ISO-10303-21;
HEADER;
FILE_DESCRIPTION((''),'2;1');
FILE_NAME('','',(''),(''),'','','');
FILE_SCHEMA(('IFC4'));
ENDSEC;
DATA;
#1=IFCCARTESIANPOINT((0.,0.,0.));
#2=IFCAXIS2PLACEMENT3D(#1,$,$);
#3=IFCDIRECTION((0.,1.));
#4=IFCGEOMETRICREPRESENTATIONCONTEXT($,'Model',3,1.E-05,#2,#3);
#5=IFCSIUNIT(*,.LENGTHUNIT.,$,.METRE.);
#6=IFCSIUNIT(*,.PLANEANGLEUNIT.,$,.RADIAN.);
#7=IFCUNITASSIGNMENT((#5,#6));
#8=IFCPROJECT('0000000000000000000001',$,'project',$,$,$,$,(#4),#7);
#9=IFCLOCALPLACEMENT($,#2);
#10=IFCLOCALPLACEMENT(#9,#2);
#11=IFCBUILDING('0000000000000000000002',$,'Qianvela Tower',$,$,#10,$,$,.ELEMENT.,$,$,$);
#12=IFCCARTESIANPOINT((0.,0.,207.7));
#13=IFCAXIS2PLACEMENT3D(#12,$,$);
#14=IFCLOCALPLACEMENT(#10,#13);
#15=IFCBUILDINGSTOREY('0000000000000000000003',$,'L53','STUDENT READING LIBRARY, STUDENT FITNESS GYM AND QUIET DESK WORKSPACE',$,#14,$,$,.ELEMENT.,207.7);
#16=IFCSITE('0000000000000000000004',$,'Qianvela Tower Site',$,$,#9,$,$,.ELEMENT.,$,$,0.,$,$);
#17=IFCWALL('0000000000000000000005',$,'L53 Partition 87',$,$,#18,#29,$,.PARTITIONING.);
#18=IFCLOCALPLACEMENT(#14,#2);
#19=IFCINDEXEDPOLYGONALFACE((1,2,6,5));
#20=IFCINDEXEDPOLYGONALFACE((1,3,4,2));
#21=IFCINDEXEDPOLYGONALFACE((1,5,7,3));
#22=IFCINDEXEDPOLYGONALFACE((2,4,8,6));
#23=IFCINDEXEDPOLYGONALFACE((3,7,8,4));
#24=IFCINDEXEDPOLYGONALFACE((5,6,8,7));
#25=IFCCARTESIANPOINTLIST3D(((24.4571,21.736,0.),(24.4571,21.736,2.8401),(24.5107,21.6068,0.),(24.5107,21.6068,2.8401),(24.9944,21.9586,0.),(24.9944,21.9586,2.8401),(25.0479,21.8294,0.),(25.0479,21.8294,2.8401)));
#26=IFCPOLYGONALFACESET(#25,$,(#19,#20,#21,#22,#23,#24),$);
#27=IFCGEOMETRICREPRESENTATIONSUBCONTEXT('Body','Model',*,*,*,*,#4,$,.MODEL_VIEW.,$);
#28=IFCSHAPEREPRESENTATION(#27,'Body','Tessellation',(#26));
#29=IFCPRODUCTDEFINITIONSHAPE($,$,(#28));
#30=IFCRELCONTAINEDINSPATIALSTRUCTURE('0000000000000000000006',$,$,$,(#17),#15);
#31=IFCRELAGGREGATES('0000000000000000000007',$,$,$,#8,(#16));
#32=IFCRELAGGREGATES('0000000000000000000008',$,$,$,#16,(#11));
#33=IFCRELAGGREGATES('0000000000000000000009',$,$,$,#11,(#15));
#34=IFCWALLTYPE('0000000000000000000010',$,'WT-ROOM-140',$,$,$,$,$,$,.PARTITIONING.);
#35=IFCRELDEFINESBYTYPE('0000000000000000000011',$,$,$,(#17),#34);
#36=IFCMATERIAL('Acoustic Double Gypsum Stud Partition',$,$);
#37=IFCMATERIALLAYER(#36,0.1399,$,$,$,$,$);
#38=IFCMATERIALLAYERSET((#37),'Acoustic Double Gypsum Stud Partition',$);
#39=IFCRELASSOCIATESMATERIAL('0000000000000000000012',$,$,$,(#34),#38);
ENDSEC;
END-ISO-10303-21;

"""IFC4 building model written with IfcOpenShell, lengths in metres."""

from ifc_helpers import new_model, si_unit, direction, frame, frame_2d, origin, place, context, subcontext, project, spatial, rectangle, extrude, material, layer, layer_set, type_object, element, save


model = new_model("IFC4")

# Units and contexts
model_context = context("Model", 3, precision=1e-05, world=origin(), true_north=direction((0.0, 1.0)))
body_context = subcontext(model_context, "Body", "Model", "MODEL_VIEW")
ifc_project = project(units=[si_unit("LENGTHUNIT", "METRE"), si_unit("PLANEANGLEUNIT", "RADIAN")], contexts=[model_context])

# Site, building, storey
site_placement = place(None, origin())
site = spatial("IfcSite", under=ifc_project, at=site_placement, Name="Qianvela Tower Site", CompositionType="ELEMENT", RefElevation=0.0)
building_placement = place(site_placement, origin())
building = spatial("IfcBuilding", under=site, at=building_placement, Name="Qianvela Tower", CompositionType="ELEMENT")
storey_placement = place(building_placement, frame((0.0, 0.0, 207.7)))
storey = spatial("IfcBuildingStorey", under=building, at=storey_placement, Name="L53", Description="STUDENT READING LIBRARY, STUDENT FITNESS GYM AND QUIET DESK WORKSPACE", CompositionType="ELEMENT", Elevation=207.7)

# Wall
ifc_material_1 = material(Name="Acoustic Double Gypsum Stud Partition")
ifc_layer_1 = layer(ifc_material_1, 0.1399)
ifc_layer_set_1 = layer_set([ifc_layer_1], Name="Acoustic Double Gypsum Stud Partition")
wall_type_1 = type_object("IfcWallType", Name="WT-ROOM-140", PredefinedType="PARTITIONING", material=ifc_layer_set_1)
wall_1_placement = place(storey_placement, frame((24.4839, 21.6714, 0.0), z_axis=(0.0, 0.0, 1.0), x_axis=(0.923833, 0.382797, 0.0)))
element("IfcWall", 1, at=wall_1_placement, inside=storey, type_object=wall_type_1, Name="L53 Partition 87", PredefinedType="PARTITIONING", context=body_context, shape_type="SweptSolid", body=[
    extrude(rectangle(XDim=0.5815, YDim=0.1399, at=frame_2d((0.2908, 0.0))), origin(), (0.0, 0.0, 1.0), 2.8401),
])

save(model, "model.ifc")
